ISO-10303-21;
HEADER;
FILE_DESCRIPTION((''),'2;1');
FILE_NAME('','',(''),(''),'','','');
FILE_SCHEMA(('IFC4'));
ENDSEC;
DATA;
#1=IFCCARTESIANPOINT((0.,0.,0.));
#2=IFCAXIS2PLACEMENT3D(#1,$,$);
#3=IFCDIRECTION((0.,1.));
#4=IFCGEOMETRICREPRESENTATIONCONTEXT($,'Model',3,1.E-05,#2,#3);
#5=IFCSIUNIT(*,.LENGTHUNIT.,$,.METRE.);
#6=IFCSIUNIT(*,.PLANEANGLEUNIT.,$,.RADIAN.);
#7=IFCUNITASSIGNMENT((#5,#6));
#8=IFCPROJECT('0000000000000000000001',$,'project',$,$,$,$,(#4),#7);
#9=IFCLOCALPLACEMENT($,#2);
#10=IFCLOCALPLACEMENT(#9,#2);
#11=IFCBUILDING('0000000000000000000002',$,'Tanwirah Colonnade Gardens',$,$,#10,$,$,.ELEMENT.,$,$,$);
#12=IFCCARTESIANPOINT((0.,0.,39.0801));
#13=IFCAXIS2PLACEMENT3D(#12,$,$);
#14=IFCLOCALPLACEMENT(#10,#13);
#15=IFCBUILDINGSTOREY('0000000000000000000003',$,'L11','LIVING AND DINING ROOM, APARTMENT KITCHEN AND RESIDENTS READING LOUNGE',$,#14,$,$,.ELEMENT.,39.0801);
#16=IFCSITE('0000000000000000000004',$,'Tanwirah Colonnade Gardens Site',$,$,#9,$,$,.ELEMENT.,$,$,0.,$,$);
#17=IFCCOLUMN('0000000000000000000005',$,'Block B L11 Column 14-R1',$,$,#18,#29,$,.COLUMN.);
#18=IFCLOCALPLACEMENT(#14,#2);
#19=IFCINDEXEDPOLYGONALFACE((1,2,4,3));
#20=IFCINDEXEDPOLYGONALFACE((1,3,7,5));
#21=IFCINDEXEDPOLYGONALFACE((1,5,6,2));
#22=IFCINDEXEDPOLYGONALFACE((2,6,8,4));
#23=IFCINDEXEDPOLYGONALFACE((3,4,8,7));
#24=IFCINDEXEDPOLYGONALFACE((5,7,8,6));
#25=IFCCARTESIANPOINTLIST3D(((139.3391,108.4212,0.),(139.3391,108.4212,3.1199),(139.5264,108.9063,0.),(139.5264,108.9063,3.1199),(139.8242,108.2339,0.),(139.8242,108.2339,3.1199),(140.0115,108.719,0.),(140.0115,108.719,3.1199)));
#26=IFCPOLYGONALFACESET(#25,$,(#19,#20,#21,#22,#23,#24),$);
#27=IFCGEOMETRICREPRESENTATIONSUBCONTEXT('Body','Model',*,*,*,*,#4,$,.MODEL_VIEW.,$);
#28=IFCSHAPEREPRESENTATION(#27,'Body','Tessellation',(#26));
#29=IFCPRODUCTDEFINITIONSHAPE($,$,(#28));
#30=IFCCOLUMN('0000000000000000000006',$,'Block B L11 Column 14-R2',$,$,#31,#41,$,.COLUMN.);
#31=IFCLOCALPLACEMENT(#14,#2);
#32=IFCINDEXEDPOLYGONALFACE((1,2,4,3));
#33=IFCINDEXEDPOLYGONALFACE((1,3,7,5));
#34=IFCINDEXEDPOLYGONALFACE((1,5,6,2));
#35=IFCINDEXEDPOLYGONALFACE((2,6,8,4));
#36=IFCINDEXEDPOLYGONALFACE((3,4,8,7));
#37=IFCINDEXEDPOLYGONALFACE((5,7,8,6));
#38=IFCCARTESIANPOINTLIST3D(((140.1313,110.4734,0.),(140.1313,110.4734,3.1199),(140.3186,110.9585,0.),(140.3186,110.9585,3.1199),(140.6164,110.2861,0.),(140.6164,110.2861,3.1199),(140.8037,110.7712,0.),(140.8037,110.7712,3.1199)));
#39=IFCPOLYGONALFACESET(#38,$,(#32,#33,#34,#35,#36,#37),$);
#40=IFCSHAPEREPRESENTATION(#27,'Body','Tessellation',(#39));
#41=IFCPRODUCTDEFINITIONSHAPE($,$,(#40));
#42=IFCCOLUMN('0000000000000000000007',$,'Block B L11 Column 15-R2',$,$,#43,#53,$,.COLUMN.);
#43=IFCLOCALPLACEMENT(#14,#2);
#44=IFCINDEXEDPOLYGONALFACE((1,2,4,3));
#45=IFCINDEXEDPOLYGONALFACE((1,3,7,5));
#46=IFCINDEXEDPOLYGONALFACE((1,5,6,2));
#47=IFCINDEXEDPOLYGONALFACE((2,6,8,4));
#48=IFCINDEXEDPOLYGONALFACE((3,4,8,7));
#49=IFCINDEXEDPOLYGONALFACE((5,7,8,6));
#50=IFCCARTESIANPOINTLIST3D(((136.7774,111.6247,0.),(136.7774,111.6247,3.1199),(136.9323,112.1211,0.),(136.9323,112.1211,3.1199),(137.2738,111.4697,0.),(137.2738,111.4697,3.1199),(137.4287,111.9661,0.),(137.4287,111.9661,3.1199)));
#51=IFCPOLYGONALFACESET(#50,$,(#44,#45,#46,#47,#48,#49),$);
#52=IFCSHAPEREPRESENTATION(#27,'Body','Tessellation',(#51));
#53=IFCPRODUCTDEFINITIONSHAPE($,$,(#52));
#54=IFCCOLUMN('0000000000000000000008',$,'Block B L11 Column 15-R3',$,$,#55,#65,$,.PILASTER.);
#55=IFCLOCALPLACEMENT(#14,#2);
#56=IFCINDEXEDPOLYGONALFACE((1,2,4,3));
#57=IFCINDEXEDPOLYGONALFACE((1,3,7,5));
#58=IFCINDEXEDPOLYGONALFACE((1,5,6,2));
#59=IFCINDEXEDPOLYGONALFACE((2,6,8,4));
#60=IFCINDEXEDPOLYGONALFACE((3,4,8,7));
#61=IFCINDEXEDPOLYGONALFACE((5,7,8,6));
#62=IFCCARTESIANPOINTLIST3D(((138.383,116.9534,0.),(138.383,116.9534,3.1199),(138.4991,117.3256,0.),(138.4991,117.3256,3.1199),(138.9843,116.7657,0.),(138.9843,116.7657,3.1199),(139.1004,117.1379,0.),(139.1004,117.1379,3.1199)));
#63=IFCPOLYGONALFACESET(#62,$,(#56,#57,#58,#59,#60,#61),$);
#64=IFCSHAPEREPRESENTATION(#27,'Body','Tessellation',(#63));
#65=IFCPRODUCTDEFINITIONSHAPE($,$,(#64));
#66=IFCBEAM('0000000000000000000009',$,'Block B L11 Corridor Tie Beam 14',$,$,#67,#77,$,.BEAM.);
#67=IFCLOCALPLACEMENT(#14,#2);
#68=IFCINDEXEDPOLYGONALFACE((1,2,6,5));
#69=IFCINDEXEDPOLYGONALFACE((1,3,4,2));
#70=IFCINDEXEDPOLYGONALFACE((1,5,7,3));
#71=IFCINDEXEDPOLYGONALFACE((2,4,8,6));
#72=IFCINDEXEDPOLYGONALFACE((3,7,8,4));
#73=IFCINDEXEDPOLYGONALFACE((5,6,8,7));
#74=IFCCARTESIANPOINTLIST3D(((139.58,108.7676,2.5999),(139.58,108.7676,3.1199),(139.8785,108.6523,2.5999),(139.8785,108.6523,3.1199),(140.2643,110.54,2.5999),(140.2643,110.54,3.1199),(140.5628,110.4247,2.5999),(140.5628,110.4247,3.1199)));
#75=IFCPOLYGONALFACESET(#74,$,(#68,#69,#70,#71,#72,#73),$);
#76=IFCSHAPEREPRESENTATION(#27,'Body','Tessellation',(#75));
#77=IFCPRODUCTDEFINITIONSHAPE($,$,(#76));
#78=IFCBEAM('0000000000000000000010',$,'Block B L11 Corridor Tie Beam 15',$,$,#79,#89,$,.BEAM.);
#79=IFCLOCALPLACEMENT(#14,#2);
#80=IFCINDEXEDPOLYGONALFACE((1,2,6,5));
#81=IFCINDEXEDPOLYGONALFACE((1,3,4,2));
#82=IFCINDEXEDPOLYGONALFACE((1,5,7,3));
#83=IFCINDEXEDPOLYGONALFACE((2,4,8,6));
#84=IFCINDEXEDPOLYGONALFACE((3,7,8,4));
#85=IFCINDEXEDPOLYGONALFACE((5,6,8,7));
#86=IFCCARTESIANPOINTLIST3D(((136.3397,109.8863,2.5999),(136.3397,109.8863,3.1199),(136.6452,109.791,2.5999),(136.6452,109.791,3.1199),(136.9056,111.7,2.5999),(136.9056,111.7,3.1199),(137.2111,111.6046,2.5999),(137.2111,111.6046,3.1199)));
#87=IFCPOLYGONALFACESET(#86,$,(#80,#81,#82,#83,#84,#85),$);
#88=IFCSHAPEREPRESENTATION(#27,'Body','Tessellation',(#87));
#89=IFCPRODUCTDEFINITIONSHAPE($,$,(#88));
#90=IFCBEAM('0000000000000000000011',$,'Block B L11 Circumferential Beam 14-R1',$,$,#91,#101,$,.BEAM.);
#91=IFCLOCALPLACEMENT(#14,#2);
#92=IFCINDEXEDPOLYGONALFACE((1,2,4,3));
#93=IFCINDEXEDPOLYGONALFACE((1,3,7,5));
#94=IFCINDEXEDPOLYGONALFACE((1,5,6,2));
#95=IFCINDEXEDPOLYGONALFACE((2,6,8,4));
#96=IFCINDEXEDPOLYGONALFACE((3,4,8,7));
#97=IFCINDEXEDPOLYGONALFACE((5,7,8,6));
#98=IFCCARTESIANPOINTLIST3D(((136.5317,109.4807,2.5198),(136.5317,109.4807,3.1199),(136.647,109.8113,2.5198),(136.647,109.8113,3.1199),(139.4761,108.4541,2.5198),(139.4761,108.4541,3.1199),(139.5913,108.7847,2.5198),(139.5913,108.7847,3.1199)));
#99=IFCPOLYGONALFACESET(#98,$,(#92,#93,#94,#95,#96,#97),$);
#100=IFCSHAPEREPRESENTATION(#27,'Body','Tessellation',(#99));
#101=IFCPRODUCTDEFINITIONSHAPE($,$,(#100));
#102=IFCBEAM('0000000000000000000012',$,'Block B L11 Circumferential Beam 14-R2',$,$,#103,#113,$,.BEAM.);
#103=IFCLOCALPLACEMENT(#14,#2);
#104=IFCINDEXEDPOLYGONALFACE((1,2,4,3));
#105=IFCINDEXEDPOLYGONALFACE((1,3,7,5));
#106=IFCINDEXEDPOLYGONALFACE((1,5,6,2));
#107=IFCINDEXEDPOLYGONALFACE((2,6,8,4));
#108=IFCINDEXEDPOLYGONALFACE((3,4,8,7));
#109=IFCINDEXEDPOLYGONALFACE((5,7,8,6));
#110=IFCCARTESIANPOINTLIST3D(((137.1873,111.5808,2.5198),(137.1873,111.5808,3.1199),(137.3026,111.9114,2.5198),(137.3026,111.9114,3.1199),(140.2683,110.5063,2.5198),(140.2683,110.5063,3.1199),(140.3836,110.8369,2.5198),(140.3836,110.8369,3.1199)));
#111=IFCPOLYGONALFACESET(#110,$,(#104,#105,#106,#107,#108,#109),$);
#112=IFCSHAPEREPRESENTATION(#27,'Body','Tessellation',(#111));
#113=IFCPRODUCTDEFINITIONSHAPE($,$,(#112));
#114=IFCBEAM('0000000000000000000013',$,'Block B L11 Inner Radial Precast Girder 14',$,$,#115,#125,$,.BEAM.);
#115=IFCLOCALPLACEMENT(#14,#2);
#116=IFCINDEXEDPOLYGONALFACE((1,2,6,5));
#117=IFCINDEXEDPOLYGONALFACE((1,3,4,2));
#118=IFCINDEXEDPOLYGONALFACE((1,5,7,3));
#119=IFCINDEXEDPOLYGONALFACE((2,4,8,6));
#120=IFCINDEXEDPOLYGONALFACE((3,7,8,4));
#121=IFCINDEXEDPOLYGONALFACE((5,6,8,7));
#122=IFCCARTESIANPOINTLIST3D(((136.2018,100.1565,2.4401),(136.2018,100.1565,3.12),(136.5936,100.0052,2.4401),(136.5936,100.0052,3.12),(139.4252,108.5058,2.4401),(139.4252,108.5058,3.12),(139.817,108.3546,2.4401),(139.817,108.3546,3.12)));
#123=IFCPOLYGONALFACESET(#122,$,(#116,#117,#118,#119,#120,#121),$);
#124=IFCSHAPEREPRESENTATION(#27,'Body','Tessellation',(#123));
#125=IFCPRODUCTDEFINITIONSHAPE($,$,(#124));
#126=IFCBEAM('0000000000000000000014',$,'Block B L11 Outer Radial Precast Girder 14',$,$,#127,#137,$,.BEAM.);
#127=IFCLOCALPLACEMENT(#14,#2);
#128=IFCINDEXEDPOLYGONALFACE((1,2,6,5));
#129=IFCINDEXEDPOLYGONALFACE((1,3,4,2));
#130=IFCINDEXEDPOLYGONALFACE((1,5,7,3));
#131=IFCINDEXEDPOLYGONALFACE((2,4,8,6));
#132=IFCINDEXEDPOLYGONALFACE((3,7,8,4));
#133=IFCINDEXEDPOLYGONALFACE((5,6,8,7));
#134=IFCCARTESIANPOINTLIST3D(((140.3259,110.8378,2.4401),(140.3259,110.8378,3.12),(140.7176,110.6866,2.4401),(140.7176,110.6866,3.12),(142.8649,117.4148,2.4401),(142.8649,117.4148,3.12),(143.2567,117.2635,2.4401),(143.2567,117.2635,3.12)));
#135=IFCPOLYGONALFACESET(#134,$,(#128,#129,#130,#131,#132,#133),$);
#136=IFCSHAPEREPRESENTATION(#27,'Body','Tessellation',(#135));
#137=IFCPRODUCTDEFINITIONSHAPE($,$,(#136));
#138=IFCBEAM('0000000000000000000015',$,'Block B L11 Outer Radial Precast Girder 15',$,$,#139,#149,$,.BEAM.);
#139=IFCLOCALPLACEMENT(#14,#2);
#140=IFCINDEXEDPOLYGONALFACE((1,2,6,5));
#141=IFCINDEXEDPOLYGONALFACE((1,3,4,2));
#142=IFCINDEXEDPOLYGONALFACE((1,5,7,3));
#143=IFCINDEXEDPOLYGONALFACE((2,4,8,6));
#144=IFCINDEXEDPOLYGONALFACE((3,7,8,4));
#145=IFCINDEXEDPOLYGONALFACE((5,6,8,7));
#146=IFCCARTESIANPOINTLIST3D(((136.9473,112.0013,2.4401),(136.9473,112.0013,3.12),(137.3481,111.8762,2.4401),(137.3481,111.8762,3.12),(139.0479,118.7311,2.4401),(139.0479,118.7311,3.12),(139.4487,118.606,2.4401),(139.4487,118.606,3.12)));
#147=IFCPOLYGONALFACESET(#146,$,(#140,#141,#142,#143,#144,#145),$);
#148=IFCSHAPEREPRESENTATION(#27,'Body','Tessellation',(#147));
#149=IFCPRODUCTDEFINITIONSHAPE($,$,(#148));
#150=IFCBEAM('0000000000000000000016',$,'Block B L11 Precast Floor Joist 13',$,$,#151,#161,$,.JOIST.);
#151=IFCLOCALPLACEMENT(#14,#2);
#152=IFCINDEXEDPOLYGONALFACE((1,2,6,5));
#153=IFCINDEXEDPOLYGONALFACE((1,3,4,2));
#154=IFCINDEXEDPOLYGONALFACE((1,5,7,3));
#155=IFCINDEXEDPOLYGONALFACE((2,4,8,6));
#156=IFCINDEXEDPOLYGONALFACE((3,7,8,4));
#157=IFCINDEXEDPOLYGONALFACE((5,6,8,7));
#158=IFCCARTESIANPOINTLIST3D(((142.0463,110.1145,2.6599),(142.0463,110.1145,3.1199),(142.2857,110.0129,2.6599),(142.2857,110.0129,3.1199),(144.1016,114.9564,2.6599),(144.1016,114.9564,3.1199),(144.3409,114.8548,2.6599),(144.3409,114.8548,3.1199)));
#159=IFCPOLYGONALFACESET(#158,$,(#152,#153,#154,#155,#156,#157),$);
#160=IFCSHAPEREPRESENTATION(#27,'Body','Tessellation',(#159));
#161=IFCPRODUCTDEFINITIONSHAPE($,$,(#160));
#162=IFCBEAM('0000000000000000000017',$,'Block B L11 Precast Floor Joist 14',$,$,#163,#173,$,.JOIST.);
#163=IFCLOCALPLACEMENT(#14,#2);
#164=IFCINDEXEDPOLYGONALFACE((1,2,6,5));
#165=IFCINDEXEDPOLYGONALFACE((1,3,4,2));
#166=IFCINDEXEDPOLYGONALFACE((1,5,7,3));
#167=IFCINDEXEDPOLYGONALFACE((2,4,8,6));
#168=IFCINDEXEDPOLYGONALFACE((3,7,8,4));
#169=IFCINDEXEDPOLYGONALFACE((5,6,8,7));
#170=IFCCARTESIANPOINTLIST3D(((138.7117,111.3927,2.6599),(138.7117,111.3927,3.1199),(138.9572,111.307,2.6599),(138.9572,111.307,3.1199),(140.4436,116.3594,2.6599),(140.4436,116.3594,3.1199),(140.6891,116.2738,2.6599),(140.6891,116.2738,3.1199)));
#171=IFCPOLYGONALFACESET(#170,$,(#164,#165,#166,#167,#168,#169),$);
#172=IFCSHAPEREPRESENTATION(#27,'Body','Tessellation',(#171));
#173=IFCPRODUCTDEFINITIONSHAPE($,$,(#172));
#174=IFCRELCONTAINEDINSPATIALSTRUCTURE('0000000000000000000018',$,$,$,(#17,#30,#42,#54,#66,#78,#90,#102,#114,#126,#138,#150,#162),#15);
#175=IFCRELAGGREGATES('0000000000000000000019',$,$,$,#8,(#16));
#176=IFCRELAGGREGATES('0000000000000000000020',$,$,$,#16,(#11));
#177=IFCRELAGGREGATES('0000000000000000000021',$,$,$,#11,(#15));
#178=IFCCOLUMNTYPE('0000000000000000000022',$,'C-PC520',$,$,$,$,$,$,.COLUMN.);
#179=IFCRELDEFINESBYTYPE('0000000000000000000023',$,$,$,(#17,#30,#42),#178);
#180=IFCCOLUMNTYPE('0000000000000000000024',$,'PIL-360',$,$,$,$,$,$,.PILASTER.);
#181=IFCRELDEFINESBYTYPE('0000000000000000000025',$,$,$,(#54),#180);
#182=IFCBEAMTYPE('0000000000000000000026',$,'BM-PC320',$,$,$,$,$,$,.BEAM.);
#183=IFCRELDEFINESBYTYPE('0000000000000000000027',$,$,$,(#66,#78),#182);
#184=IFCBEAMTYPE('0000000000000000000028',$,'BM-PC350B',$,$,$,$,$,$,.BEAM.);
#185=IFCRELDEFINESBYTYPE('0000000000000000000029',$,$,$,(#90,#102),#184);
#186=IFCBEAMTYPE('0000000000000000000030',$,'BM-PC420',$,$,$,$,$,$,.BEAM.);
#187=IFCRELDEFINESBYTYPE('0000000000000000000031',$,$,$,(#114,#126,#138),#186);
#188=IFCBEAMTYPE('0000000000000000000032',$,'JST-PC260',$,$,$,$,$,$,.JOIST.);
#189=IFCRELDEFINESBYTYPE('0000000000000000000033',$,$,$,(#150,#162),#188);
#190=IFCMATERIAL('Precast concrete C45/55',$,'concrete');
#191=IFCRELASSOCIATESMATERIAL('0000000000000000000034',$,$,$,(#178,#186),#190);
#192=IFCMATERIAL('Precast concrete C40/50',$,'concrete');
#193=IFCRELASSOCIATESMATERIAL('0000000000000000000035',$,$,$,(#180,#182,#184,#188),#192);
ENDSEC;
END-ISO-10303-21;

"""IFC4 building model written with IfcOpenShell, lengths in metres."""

from ifc_helpers import new_model, si_unit, direction, frame, origin, origin_2d, place, context, subcontext, project, spatial, rectangle, extrude, material, material_profile, profile_set, type_object, element, save


model = new_model("IFC4")

# Units and contexts
model_context = context("Model", 3, precision=1e-05, world=origin(), true_north=direction((0.0, 1.0)))
body_context = subcontext(model_context, "Body", "Model", "MODEL_VIEW")
ifc_project = project(units=[si_unit("LENGTHUNIT", "METRE"), si_unit("PLANEANGLEUNIT", "RADIAN")], contexts=[model_context])

# Site, building, storey
site_placement = place(None, origin())
site = spatial("IfcSite", under=ifc_project, at=site_placement, Name="Tanwirah Colonnade Gardens Site", CompositionType="ELEMENT", RefElevation=0.0)
building_placement = place(site_placement, origin())
building = spatial("IfcBuilding", under=site, at=building_placement, Name="Tanwirah Colonnade Gardens", CompositionType="ELEMENT")
storey_placement = place(building_placement, frame((0.0, 0.0, 39.0801)))
storey = spatial("IfcBuildingStorey", under=building, at=storey_placement, Name="L11", Description="LIVING AND DINING ROOM, APARTMENT KITCHEN AND RESIDENTS READING LOUNGE", CompositionType="ELEMENT", Elevation=39.0801)

# Columns
ifc_material_1 = material(Name="Precast concrete C45/55", Category="concrete")
ifc_material_profile_1 = material_profile(ifc_material_1, rectangle(XDim=0.52, YDim=0.52, at=origin_2d()), Name="PC-COL 520x520")
ifc_profile_set_1 = profile_set([ifc_material_profile_1], Name="Precast concrete C45/55")
column_type_1 = type_object("IfcColumnType", Name="C-PC520", PredefinedType="COLUMN", material=ifc_profile_set_1)
for number, where, z_axis, x_axis, name in (
    (1, (139.6753, 108.5701, 0.0), (0.0, 0.0, 1.0), (0.360178, 0.932884, 0.0), "Block B L11 Column 14-R1"),
    (2, (140.4675, 110.6223, 0.0), (0.0, 0.0, 1.0), (0.360178, 0.932884, 0.0), "Block B L11 Column 14-R2"),
    (3, (137.103, 111.7954, 0.0), (0.0, 0.0, 1.0), (0.29793, 0.954588, 0.0), "Block B L11 Column 15-R2"),
):
    element("IfcColumn", number, at=place(storey_placement, frame(where, z_axis=z_axis, x_axis=x_axis)), inside=storey, type_object=column_type_1, Name=name, PredefinedType="COLUMN", context=body_context, shape_type="SweptSolid", body=[
        extrude(rectangle(XDim=0.52, YDim=0.52, at=origin_2d()), origin(), (0.0, 0.0, 1.0), 3.1199),
    ])
ifc_material_2 = material(Name="Precast concrete C40/50", Category="concrete")
ifc_material_profile_2 = material_profile(ifc_material_2, rectangle(XDim=0.3899, YDim=0.6299, at=origin_2d()), Name="PC-PIL 390x630")
ifc_profile_set_2 = profile_set([ifc_material_profile_2], Name="Precast concrete C40/50")
column_type_2 = type_object("IfcColumnType", Name="PIL-360", PredefinedType="PILASTER", material=ifc_profile_set_2)
column_placement = place(storey_placement, frame((138.7417, 117.0457, 0.0), z_axis=(0.0, 0.0, 1.0), x_axis=(0.29793, 0.954588, 0.0)))
element("IfcColumn", 4, at=column_placement, inside=storey, type_object=column_type_2, Name="Block B L11 Column 15-R3", PredefinedType="PILASTER", context=body_context, shape_type="SweptSolid", body=[
    extrude(rectangle(XDim=0.3899, YDim=0.6299, at=origin_2d()), origin(), (0.0, 0.0, 1.0), 3.1199),
])

# Beams
ifc_material_profile_3 = material_profile(ifc_material_2, rectangle(XDim=0.3201, YDim=0.52, at=origin_2d()), Name="PC-BM 320x520")
ifc_profile_set_3 = profile_set([ifc_material_profile_3], Name="Precast concrete C40/50")
beam_type_1 = type_object("IfcBeamType", Name="BM-PC320", PredefinedType="BEAM", material=ifc_profile_set_3)
for number, where, z_axis, x_axis, name in (
    (5, (139.7292, 108.71, 2.8599), (0.360176, 0.932885, 0.0), (-0.932885, 0.360176, 0.0), "Block B L11 Corridor Tie Beam 14"),
    (6, (136.4924, 109.8386, 2.8599), (0.297858, 0.95461, 0.0), (-0.95461, 0.297858, 0.0), "Block B L11 Corridor Tie Beam 15"),
):
    element("IfcBeam", number, at=place(storey_placement, frame(where, z_axis=z_axis, x_axis=x_axis)), inside=storey, type_object=beam_type_1, Name=name, PredefinedType="BEAM", context=body_context, shape_type="SweptSolid", body=[
        extrude(rectangle(XDim=0.3201, YDim=0.52, at=origin_2d()), origin(), (0.0, 0.0, 1.0), 1.8999),
    ])
ifc_material_profile_4 = material_profile(ifc_material_2, rectangle(XDim=0.3501, YDim=0.6001, at=origin_2d()), Name="PC-BM 350x600")
ifc_profile_set_4 = profile_set([ifc_material_profile_4], Name="Precast concrete C40/50")
beam_type_2 = type_object("IfcBeamType", Name="BM-PC350B", PredefinedType="BEAM", material=ifc_profile_set_4)
beam_1_placement = place(storey_placement, frame((139.5337, 108.6194, 2.8198), z_axis=(-0.944248, 0.329234, 0.0), x_axis=(-0.329234, -0.944248, 0.0)))
element("IfcBeam", 7, at=beam_1_placement, inside=storey, type_object=beam_type_2, Name="Block B L11 Circumferential Beam 14-R1", PredefinedType="BEAM", context=body_context, shape_type="SweptSolid", body=[
    extrude(rectangle(XDim=0.3501, YDim=0.6001, at=origin_2d()), origin(), (0.0, 0.0, 1.0), 3.1182),
])
beam_2_placement = place(storey_placement, frame((140.3259, 110.6716, 2.8198), z_axis=(-0.944231, 0.329284, 0.0), x_axis=(-0.329284, -0.944231, 0.0)))
element("IfcBeam", 8, at=beam_2_placement, inside=storey, type_object=beam_type_2, Name="Block B L11 Circumferential Beam 14-R2", PredefinedType="BEAM", context=body_context, shape_type="SweptSolid", body=[
    extrude(rectangle(XDim=0.3501, YDim=0.6001, at=origin_2d()), origin(), (0.0, 0.0, 1.0), 3.2629),
])
ifc_material_profile_5 = material_profile(ifc_material_1, rectangle(XDim=0.4199, YDim=0.6799, at=origin_2d()), Name="PC-BM 420x680")
ifc_profile_set_5 = profile_set([ifc_material_profile_5], Name="Precast concrete C45/55")
beam_type_3 = type_object("IfcBeamType", Name="BM-PC420", PredefinedType="BEAM", material=ifc_profile_set_5)
beam_3_placement = place(storey_placement, frame((139.6211, 108.4302, 2.78), z_axis=(-0.360156, -0.932892, 0.0), x_axis=(0.932892, -0.360156, 0.0)))
element("IfcBeam", 9, at=beam_3_placement, inside=storey, type_object=beam_type_3, Name="Block B L11 Inner Radial Precast Girder 14", PredefinedType="BEAM", context=body_context, shape_type="SweptSolid", body=[
    extrude(rectangle(XDim=0.4199, YDim=0.6799, at=origin_2d()), origin(), (0.0, 0.0, 1.0), 8.95),
])
for number, where, z_axis, x_axis, name in (
    (10, (140.5217, 110.7622, 2.78), (0.360151, 0.932894, 0.0), (-0.932894, 0.360151, 0.0), "Block B L11 Outer Radial Precast Girder 14"),
    (11, (137.1477, 111.9387, 2.78), (0.297958, 0.954579, 0.0), (-0.954579, 0.297958, 0.0), "Block B L11 Outer Radial Precast Girder 15"),
):
    element("IfcBeam", number, at=place(storey_placement, frame(where, z_axis=z_axis, x_axis=x_axis)), inside=storey, type_object=beam_type_3, Name=name, PredefinedType="BEAM", context=body_context, shape_type="SweptSolid", body=[
        extrude(rectangle(XDim=0.4199, YDim=0.6799, at=origin_2d()), origin(), (0.0, 0.0, 1.0), 7.05),
    ])
ifc_material_profile_6 = material_profile(ifc_material_2, rectangle(XDim=0.26, YDim=0.46, at=origin_2d()), Name="PC-JST 260x460")
ifc_profile_set_6 = profile_set([ifc_material_profile_6], Name="Precast concrete C40/50")
beam_type_4 = type_object("IfcBeamType", Name="JST-PC260", PredefinedType="JOIST", material=ifc_profile_set_6)
for number, where, z_axis, x_axis, name in (
    (12, (142.166, 110.0637, 2.8899), (0.390724, 0.920508, 0.0), (-0.920508, 0.390724, 0.0), "Block B L11 Precast Floor Joist 13"),
    (13, (138.8345, 111.3499, 2.8899), (0.329259, 0.94424, 0.0), (-0.94424, 0.329259, 0.0), "Block B L11 Precast Floor Joist 14"),
):
    element("IfcBeam", number, at=place(storey_placement, frame(where, z_axis=z_axis, x_axis=x_axis)), inside=storey, type_object=beam_type_4, Name=name, PredefinedType="JOIST", context=body_context, shape_type="SweptSolid", body=[
        extrude(rectangle(XDim=0.26, YDim=0.46, at=origin_2d()), origin(), (0.0, 0.0, 1.0), 5.26),
    ])

save(model, "model.ifc")
